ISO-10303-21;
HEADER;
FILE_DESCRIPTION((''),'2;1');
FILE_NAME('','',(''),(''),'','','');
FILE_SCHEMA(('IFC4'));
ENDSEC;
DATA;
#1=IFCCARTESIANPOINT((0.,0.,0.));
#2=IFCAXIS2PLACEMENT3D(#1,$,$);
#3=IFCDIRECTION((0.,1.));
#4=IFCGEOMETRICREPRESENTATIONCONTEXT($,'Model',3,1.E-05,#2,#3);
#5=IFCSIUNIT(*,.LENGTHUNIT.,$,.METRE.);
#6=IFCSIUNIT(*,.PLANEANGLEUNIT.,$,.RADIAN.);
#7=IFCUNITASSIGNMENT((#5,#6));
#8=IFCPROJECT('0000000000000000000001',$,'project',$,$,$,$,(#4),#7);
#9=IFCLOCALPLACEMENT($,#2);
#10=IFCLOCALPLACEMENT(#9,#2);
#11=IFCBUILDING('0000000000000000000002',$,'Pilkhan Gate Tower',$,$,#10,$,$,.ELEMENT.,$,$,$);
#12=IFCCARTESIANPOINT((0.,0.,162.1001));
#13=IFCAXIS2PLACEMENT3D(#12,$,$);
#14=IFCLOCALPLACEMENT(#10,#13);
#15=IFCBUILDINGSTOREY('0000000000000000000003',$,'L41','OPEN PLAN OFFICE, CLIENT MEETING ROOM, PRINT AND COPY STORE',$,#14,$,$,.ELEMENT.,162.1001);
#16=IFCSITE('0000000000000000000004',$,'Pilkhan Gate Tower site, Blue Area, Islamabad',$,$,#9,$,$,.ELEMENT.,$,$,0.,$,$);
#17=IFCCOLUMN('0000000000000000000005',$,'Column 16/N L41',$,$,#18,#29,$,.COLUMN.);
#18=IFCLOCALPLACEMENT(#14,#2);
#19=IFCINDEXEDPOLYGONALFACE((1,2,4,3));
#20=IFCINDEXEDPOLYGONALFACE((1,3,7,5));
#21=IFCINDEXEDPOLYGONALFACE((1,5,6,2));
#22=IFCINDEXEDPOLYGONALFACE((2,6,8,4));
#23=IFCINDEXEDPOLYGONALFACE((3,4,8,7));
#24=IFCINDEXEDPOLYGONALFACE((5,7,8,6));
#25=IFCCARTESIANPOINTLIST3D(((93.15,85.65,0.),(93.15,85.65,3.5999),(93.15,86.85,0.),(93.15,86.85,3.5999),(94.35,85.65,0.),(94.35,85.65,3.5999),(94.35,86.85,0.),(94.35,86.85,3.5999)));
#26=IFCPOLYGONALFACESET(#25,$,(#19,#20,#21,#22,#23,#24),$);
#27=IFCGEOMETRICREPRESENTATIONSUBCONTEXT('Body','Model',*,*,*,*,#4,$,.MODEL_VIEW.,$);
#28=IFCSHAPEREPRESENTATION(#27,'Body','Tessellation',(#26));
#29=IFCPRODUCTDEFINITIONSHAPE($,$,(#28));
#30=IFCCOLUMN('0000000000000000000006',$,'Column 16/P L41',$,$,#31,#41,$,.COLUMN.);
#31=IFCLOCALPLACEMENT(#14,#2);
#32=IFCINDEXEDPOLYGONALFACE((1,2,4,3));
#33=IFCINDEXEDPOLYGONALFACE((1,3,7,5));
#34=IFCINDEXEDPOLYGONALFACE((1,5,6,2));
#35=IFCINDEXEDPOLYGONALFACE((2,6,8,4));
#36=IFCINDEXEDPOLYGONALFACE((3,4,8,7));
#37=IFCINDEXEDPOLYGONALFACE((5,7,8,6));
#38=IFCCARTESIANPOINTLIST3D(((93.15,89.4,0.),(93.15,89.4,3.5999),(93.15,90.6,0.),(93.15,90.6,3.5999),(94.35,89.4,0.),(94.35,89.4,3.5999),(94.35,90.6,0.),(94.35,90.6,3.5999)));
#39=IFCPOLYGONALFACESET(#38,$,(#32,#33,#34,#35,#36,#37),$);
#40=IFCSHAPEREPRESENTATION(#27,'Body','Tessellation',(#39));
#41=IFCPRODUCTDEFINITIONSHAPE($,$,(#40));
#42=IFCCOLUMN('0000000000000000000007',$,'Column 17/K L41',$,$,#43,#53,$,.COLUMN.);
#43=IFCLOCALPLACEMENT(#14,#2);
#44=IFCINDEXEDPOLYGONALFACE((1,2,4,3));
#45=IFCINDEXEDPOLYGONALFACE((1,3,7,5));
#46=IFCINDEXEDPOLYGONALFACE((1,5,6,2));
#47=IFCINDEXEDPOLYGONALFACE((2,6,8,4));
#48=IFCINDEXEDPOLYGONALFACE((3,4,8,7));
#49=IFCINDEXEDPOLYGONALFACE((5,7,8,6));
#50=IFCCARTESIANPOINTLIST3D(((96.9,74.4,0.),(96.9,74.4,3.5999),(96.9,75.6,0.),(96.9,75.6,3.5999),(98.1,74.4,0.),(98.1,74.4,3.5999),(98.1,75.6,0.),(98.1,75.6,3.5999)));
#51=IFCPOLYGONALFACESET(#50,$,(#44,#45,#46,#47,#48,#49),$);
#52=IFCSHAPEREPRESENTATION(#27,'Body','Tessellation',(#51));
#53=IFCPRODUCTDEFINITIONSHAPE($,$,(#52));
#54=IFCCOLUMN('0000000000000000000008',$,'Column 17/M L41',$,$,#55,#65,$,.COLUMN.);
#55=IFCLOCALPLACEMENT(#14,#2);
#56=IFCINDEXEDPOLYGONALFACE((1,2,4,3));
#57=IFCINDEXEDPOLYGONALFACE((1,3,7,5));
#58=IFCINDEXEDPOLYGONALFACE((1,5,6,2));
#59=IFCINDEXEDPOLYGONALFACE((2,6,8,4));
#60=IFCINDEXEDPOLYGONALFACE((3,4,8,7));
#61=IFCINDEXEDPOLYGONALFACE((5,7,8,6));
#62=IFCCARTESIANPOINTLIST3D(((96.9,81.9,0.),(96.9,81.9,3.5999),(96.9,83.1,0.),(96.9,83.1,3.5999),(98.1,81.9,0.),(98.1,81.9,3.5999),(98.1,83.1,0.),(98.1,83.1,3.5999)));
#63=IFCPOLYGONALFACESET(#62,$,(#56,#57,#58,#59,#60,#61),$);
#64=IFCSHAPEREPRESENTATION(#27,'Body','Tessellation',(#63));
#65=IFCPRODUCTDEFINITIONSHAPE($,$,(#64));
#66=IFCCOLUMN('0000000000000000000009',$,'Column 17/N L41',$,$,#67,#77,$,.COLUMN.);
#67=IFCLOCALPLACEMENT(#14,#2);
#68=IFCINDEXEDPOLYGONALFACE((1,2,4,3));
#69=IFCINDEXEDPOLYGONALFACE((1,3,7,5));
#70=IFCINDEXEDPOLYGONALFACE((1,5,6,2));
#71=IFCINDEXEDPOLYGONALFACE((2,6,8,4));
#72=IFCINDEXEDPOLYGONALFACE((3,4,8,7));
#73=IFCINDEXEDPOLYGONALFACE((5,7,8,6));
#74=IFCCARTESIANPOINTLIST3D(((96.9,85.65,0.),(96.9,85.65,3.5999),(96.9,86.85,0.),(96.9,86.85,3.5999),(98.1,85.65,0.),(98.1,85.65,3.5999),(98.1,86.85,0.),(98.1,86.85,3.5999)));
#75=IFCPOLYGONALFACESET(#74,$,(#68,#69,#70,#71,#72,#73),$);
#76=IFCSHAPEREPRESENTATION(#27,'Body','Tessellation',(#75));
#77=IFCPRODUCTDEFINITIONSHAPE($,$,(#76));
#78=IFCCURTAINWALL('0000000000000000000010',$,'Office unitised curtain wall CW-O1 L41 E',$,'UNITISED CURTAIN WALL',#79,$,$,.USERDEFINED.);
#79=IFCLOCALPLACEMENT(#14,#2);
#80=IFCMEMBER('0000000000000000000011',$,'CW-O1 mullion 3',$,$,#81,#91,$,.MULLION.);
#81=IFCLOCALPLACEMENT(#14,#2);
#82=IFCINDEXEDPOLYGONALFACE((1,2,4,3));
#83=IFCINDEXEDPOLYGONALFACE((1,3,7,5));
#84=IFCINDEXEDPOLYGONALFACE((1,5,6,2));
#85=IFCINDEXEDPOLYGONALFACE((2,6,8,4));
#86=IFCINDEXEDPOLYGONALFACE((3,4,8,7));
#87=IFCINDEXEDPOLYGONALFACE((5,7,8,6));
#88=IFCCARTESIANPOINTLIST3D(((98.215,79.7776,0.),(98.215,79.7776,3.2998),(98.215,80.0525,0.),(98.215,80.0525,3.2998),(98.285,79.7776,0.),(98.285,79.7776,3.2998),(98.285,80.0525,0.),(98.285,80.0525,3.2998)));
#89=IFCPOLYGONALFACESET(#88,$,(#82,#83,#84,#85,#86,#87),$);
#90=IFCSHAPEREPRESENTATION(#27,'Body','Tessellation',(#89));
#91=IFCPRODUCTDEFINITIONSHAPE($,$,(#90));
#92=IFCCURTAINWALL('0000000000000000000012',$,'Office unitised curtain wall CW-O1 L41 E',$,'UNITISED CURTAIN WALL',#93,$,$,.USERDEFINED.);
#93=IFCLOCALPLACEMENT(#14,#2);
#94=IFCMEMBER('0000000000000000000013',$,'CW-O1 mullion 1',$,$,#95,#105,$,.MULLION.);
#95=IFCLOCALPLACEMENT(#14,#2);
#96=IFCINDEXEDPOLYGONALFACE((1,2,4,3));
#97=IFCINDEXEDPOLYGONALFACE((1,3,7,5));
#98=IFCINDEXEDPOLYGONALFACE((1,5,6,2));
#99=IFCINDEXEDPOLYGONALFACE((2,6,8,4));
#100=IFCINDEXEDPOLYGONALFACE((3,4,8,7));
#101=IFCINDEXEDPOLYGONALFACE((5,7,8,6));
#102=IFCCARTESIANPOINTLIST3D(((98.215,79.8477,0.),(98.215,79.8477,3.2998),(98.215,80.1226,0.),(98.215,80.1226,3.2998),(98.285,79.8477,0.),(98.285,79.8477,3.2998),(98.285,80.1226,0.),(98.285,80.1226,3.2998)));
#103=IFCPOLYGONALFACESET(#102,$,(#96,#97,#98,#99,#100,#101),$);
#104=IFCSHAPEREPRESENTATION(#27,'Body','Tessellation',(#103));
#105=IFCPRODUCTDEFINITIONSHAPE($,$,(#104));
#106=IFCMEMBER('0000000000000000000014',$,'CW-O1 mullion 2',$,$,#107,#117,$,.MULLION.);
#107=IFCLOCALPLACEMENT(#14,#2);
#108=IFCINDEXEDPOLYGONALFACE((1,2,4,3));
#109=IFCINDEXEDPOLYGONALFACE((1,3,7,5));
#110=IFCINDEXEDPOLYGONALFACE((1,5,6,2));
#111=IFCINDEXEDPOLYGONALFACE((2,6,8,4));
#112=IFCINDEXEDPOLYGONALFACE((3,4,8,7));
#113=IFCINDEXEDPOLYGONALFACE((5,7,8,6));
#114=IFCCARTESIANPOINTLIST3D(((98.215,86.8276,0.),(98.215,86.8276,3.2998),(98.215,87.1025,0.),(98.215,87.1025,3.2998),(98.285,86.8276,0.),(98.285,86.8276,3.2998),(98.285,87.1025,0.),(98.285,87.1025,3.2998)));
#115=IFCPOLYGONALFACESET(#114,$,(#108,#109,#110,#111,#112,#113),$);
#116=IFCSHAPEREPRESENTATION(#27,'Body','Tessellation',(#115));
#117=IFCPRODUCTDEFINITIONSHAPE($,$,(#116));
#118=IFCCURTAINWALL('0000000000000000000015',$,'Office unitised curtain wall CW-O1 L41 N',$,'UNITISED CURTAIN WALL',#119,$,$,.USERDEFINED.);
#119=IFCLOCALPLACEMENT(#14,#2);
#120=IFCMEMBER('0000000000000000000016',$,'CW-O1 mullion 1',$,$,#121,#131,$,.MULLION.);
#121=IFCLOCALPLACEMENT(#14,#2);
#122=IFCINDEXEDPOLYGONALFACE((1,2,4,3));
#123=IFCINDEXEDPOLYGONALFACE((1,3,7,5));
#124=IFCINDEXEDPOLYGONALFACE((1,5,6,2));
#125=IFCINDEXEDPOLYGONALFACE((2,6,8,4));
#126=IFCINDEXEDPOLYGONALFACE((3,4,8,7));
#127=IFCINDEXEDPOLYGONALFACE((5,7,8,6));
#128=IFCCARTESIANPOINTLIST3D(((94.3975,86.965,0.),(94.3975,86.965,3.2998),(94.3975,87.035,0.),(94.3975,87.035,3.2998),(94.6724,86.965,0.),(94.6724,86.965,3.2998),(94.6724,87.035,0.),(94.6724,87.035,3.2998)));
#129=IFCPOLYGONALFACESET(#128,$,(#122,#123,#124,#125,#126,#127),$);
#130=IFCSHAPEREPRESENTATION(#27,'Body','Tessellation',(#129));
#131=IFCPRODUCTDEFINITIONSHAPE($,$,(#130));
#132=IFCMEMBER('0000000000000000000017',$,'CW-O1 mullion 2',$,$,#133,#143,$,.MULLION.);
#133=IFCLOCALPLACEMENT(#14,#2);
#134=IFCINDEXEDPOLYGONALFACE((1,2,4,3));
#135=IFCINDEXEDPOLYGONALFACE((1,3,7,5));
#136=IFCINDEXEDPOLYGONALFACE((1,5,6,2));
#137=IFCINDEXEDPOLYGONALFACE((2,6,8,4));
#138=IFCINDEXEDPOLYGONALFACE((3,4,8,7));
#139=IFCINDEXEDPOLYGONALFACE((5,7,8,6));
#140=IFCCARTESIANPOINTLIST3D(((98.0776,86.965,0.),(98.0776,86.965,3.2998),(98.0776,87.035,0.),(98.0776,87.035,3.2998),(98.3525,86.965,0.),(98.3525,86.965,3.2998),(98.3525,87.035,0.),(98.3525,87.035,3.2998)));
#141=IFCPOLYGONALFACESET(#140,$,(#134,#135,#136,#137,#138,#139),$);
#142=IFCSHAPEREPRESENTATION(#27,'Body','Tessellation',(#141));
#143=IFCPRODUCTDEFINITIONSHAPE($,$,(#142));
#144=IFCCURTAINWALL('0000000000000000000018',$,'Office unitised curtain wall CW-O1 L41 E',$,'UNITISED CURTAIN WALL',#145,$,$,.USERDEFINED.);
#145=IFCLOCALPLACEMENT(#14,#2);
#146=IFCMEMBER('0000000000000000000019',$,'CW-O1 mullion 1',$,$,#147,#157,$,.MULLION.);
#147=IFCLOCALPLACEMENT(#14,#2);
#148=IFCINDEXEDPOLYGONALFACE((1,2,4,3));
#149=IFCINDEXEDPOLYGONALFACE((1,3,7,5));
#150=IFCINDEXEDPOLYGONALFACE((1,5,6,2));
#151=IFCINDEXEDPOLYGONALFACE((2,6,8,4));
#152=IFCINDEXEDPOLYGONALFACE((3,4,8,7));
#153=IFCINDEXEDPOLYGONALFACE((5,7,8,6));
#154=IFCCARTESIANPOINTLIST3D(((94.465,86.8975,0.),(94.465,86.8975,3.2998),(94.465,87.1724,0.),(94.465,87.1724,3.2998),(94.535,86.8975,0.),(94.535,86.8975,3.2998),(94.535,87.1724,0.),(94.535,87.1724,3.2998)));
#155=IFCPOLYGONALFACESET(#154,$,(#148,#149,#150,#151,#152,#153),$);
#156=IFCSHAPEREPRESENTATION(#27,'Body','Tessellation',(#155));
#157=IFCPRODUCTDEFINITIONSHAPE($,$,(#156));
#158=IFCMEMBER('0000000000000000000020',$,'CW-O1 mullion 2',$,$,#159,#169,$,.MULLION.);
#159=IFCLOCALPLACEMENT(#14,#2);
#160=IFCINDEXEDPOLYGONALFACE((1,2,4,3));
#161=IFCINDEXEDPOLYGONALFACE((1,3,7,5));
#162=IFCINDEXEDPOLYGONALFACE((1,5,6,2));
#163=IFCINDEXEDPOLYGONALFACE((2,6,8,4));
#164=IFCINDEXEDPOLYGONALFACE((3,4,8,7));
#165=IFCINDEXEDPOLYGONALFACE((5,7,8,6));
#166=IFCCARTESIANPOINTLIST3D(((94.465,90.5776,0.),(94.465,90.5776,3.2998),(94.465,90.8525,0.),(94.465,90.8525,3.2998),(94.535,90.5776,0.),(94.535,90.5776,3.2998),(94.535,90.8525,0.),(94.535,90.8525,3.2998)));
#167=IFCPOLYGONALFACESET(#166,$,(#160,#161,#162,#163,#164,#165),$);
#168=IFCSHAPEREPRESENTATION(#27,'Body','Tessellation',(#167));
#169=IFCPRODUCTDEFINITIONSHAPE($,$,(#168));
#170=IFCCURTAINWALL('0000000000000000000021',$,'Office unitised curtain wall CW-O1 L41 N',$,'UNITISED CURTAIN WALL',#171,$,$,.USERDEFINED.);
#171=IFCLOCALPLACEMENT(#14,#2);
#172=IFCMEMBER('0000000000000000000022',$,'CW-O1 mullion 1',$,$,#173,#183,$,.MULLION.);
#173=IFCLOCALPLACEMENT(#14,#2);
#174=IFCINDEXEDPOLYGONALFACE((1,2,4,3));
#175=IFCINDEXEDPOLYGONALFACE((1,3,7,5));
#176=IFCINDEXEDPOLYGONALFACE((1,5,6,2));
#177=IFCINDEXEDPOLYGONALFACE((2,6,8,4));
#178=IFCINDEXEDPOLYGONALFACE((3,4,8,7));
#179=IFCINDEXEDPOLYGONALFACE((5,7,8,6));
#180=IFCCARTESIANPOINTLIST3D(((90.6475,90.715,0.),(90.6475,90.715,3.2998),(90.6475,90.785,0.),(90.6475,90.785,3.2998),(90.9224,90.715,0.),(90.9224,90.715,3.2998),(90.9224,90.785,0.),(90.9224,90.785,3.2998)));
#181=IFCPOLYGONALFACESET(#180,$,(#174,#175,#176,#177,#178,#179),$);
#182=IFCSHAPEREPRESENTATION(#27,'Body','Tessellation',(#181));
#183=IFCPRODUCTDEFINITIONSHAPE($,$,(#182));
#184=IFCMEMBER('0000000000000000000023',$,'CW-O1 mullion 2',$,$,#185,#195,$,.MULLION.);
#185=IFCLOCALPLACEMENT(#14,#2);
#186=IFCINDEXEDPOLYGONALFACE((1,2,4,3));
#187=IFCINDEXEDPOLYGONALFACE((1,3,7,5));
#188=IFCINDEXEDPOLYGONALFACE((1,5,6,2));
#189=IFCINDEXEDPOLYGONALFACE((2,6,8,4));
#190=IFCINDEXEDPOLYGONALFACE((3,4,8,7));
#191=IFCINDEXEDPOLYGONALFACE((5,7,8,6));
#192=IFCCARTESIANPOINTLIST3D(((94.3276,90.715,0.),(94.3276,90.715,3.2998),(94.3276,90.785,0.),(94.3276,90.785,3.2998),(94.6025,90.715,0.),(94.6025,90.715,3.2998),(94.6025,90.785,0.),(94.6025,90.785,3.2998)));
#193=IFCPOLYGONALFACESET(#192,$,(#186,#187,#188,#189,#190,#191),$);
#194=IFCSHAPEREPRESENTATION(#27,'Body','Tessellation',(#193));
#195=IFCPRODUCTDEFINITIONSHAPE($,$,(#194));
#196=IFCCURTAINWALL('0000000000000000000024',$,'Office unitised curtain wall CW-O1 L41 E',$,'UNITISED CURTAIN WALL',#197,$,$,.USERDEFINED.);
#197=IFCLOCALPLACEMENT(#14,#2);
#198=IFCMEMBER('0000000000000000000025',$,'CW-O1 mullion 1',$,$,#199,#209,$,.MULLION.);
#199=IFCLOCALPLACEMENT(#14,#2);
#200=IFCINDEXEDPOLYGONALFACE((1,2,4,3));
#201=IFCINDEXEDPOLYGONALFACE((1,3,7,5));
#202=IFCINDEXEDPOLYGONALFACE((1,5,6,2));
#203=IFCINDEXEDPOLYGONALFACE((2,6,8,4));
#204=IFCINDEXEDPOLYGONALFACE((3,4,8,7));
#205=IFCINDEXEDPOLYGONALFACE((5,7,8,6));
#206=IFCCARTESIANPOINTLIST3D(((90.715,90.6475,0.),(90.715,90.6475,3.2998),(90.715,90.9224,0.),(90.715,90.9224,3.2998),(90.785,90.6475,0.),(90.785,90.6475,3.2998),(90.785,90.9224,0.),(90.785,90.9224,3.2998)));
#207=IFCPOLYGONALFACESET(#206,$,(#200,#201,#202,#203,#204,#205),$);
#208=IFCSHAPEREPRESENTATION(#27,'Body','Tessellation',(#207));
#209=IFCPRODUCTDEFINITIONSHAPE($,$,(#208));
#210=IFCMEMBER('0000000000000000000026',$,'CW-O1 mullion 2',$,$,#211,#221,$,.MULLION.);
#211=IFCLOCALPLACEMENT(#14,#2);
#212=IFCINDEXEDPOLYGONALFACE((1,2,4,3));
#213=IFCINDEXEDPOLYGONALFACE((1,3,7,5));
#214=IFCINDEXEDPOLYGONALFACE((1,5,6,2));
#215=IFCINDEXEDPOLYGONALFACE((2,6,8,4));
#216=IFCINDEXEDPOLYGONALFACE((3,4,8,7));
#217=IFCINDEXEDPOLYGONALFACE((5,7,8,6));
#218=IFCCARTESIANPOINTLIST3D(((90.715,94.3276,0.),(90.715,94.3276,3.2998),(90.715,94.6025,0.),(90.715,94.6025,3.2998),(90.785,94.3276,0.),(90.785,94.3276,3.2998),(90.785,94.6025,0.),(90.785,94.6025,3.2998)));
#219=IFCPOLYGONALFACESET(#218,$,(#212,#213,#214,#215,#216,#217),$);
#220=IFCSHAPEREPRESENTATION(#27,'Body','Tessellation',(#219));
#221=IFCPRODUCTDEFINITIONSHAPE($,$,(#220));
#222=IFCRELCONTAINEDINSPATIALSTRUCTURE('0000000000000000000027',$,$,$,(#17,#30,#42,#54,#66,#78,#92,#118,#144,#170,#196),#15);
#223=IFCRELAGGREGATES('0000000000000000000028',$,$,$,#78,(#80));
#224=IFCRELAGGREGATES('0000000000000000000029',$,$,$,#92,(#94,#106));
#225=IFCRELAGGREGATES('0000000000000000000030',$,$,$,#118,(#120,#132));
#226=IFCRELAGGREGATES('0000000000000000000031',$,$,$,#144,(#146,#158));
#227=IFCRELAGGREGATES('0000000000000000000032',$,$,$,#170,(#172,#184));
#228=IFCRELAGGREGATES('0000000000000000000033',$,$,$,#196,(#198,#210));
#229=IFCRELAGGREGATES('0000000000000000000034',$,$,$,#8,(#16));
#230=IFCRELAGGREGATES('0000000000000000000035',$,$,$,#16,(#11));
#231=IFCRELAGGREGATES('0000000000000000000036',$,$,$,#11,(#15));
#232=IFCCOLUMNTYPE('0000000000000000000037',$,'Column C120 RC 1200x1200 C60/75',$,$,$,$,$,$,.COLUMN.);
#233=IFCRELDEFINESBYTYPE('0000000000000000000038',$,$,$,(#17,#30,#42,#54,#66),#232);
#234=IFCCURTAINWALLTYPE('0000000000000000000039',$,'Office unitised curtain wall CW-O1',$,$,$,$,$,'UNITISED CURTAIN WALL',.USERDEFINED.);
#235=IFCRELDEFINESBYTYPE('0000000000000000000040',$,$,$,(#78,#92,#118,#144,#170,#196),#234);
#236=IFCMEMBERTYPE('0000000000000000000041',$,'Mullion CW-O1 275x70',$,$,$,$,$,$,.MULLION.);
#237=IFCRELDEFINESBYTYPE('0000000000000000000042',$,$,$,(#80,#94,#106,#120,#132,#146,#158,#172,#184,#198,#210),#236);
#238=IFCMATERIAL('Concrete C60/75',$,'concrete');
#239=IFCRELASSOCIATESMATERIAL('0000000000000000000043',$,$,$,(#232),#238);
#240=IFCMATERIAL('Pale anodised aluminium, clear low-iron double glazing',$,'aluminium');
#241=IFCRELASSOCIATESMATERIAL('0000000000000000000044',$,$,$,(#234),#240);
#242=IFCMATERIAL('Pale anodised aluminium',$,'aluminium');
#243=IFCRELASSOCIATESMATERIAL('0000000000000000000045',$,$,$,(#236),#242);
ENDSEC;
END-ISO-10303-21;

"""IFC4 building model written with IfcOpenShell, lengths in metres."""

from ifc_helpers import new_model, si_unit, direction, frame, origin, origin_2d, place, context, subcontext, project, spatial, rectangle, extrude, material, material_profile, profile_set, type_object, element, aggregate, save


model = new_model("IFC4")

# Units and contexts
model_context = context("Model", 3, precision=1e-05, world=origin(), true_north=direction((0.0, 1.0)))
body_context = subcontext(model_context, "Body", "Model", "MODEL_VIEW")
ifc_project = project(units=[si_unit("LENGTHUNIT", "METRE"), si_unit("PLANEANGLEUNIT", "RADIAN")], contexts=[model_context])

# Site, building, storey
site_placement = place(None, origin())
site = spatial("IfcSite", under=ifc_project, at=site_placement, Name="Pilkhan Gate Tower site, Blue Area, Islamabad", CompositionType="ELEMENT", RefElevation=0.0)
building_placement = place(site_placement, origin())
building = spatial("IfcBuilding", under=site, at=building_placement, Name="Pilkhan Gate Tower", CompositionType="ELEMENT")
storey_placement = place(building_placement, frame((0.0, 0.0, 162.1001)))
storey = spatial("IfcBuildingStorey", under=building, at=storey_placement, Name="L41", Description="OPEN PLAN OFFICE, CLIENT MEETING ROOM, PRINT AND COPY STORE", CompositionType="ELEMENT", Elevation=162.1001)

# Columns
ifc_material_1 = material(Name="Concrete C60/75", Category="concrete")
ifc_material_profile_1 = material_profile(ifc_material_1, rectangle(XDim=1.2, YDim=1.2, at=origin_2d()), Name="RC 1200x1200")
ifc_profile_set_1 = profile_set([ifc_material_profile_1], Name="Concrete C60/75")
column_type = type_object("IfcColumnType", Name="Column C120 RC 1200x1200 C60/75", PredefinedType="COLUMN", material=ifc_profile_set_1)
for number, where, z_axis, x_axis, name in (
    (1, (93.75, 86.25, 0.0), (0.0, 0.0, 1.0), (1.0, 0.0, 0.0), "Column 16/N L41"),
    (2, (93.75, 90.0, 0.0), (0.0, 0.0, 1.0), (1.0, 0.0, 0.0), "Column 16/P L41"),
    (3, (97.5, 75.0, 0.0), (0.0, 0.0, 1.0), (1.0, 0.0, 0.0), "Column 17/K L41"),
    (4, (97.5, 82.5, 0.0), (0.0, 0.0, 1.0), (1.0, 0.0, 0.0), "Column 17/M L41"),
    (5, (97.5, 86.25, 0.0), (0.0, 0.0, 1.0), (1.0, 0.0, 0.0), "Column 17/N L41"),
):
    element("IfcColumn", number, at=place(storey_placement, frame(where, z_axis=z_axis, x_axis=x_axis)), inside=storey, type_object=column_type, Name=name, PredefinedType="COLUMN", context=body_context, shape_type="SweptSolid", body=[
        extrude(rectangle(XDim=1.2, YDim=1.2, at=origin_2d()), origin(), (0.0, 0.0, 1.0), 3.5999),
    ])

# Curtain wall, member
ifc_material_2 = material(Name="Pale anodised aluminium, clear low-iron double glazing", Category="aluminium")
curtain_wall_type = type_object("IfcCurtainWallType", Name="Office unitised curtain wall CW-O1", ElementType="UNITISED CURTAIN WALL", PredefinedType="USERDEFINED", material=ifc_material_2)
curtain_wall_1_placement = place(storey_placement, origin())
curtain_wall_1 = element("IfcCurtainWall", 6, at=curtain_wall_1_placement, inside=storey, type_object=curtain_wall_type, Name="Office unitised curtain wall CW-O1 L41 E", ObjectType="UNITISED CURTAIN WALL", PredefinedType="USERDEFINED")
ifc_material_3 = material(Name="Pale anodised aluminium", Category="aluminium")
ifc_material_profile_2 = material_profile(ifc_material_3, rectangle(XDim=0.0701, YDim=0.2749, at=origin_2d()), Name="Mullion 275x70")
ifc_profile_set_2 = profile_set([ifc_material_profile_2], Name="Pale anodised aluminium")
member_type_1 = type_object("IfcMemberType", Name="Mullion CW-O1 275x70", PredefinedType="MULLION", material=ifc_profile_set_2)
member_1_placement = place(storey_placement, frame((98.25, 79.915, 0.0), z_axis=(0.0, 0.0, 1.0), x_axis=(-1.0, 0.0, 0.0)))
member_1 = element("IfcMember", 7, at=member_1_placement, type_object=member_type_1, Name="CW-O1 mullion 3", PredefinedType="MULLION", context=body_context, shape_type="SweptSolid", body=[
    extrude(rectangle(XDim=0.0701, YDim=0.2749, at=origin_2d()), origin(), (0.0, 0.0, 1.0), 3.2998),
])

# Curtain walls, members
curtain_wall_2_placement = place(storey_placement, origin())
curtain_wall_2 = element("IfcCurtainWall", 8, at=curtain_wall_2_placement, inside=storey, type_object=curtain_wall_type, Name="Office unitised curtain wall CW-O1 L41 E", ObjectType="UNITISED CURTAIN WALL", PredefinedType="USERDEFINED")
member_2_placement = place(storey_placement, frame((98.25, 79.9851, 0.0), z_axis=(0.0, 0.0, 1.0), x_axis=(-1.0, 0.0, 0.0)))
member_2 = element("IfcMember", 9, at=member_2_placement, type_object=member_type_1, Name="CW-O1 mullion 1", PredefinedType="MULLION", context=body_context, shape_type="SweptSolid", body=[
    extrude(rectangle(XDim=0.0701, YDim=0.2749, at=origin_2d()), origin(), (0.0, 0.0, 1.0), 3.2998),
])
member_3_placement = place(storey_placement, frame((98.25, 86.9651, 0.0), z_axis=(0.0, 0.0, 1.0), x_axis=(-1.0, 0.0, 0.0)))
member_3 = element("IfcMember", 10, at=member_3_placement, type_object=member_type_1, Name="CW-O1 mullion 2", PredefinedType="MULLION", context=body_context, shape_type="SweptSolid", body=[
    extrude(rectangle(XDim=0.0701, YDim=0.2749, at=origin_2d()), origin(), (0.0, 0.0, 1.0), 3.2998),
])
curtain_wall_3_placement = place(storey_placement, origin())
curtain_wall_3 = element("IfcCurtainWall", 11, at=curtain_wall_3_placement, inside=storey, type_object=curtain_wall_type, Name="Office unitised curtain wall CW-O1 L41 N", ObjectType="UNITISED CURTAIN WALL", PredefinedType="USERDEFINED")
member_4_placement = place(storey_placement, frame((94.5349, 87.0, 0.0), z_axis=(0.0, 0.0, 1.0), x_axis=(0.0, 1.0, 0.0)))
member_4 = element("IfcMember", 12, at=member_4_placement, type_object=member_type_1, Name="CW-O1 mullion 1", PredefinedType="MULLION", context=body_context, shape_type="SweptSolid", body=[
    extrude(rectangle(XDim=0.0701, YDim=0.2749, at=origin_2d()), origin(), (0.0, 0.0, 1.0), 3.2998),
])
member_5_placement = place(storey_placement, frame((98.2151, 87.0, 0.0), z_axis=(0.0, 0.0, 1.0), x_axis=(0.0, 1.0, 0.0)))
member_5 = element("IfcMember", 13, at=member_5_placement, type_object=member_type_1, Name="CW-O1 mullion 2", PredefinedType="MULLION", context=body_context, shape_type="SweptSolid", body=[
    extrude(rectangle(XDim=0.0701, YDim=0.2749, at=origin_2d()), origin(), (0.0, 0.0, 1.0), 3.2998),
])
curtain_wall_4_placement = place(storey_placement, origin())
curtain_wall_4 = element("IfcCurtainWall", 14, at=curtain_wall_4_placement, inside=storey, type_object=curtain_wall_type, Name="Office unitised curtain wall CW-O1 L41 E", ObjectType="UNITISED CURTAIN WALL", PredefinedType="USERDEFINED")
member_6_placement = place(storey_placement, frame((94.5, 87.0349, 0.0), z_axis=(0.0, 0.0, 1.0), x_axis=(-1.0, 0.0, 0.0)))
member_6 = element("IfcMember", 15, at=member_6_placement, type_object=member_type_1, Name="CW-O1 mullion 1", PredefinedType="MULLION", context=body_context, shape_type="SweptSolid", body=[
    extrude(rectangle(XDim=0.0701, YDim=0.2749, at=origin_2d()), origin(), (0.0, 0.0, 1.0), 3.2998),
])
member_7_placement = place(storey_placement, frame((94.5, 90.7151, 0.0), z_axis=(0.0, 0.0, 1.0), x_axis=(-1.0, 0.0, 0.0)))
member_7 = element("IfcMember", 16, at=member_7_placement, type_object=member_type_1, Name="CW-O1 mullion 2", PredefinedType="MULLION", context=body_context, shape_type="SweptSolid", body=[
    extrude(rectangle(XDim=0.0701, YDim=0.2749, at=origin_2d()), origin(), (0.0, 0.0, 1.0), 3.2998),
])
curtain_wall_5_placement = place(storey_placement, origin())
curtain_wall_5 = element("IfcCurtainWall", 17, at=curtain_wall_5_placement, inside=storey, type_object=curtain_wall_type, Name="Office unitised curtain wall CW-O1 L41 N", ObjectType="UNITISED CURTAIN WALL", PredefinedType="USERDEFINED")
member_8_placement = place(storey_placement, frame((90.7849, 90.75, 0.0), z_axis=(0.0, 0.0, 1.0), x_axis=(0.0, 1.0, 0.0)))
member_8 = element("IfcMember", 18, at=member_8_placement, type_object=member_type_1, Name="CW-O1 mullion 1", PredefinedType="MULLION", context=body_context, shape_type="SweptSolid", body=[
    extrude(rectangle(XDim=0.0701, YDim=0.2749, at=origin_2d()), origin(), (0.0, 0.0, 1.0), 3.2998),
])
member_9_placement = place(storey_placement, frame((94.4651, 90.75, 0.0), z_axis=(0.0, 0.0, 1.0), x_axis=(0.0, 1.0, 0.0)))
member_9 = element("IfcMember", 19, at=member_9_placement, type_object=member_type_1, Name="CW-O1 mullion 2", PredefinedType="MULLION", context=body_context, shape_type="SweptSolid", body=[
    extrude(rectangle(XDim=0.0701, YDim=0.2749, at=origin_2d()), origin(), (0.0, 0.0, 1.0), 3.2998),
])
curtain_wall_6_placement = place(storey_placement, origin())
curtain_wall_6 = element("IfcCurtainWall", 20, at=curtain_wall_6_placement, inside=storey, type_object=curtain_wall_type, Name="Office unitised curtain wall CW-O1 L41 E", ObjectType="UNITISED CURTAIN WALL", PredefinedType="USERDEFINED")
member_10_placement = place(storey_placement, frame((90.75, 90.7849, 0.0), z_axis=(0.0, 0.0, 1.0), x_axis=(-1.0, 0.0, 0.0)))
member_10 = element("IfcMember", 21, at=member_10_placement, type_object=member_type_1, Name="CW-O1 mullion 1", PredefinedType="MULLION", context=body_context, shape_type="SweptSolid", body=[
    extrude(rectangle(XDim=0.0701, YDim=0.2749, at=origin_2d()), origin(), (0.0, 0.0, 1.0), 3.2998),
])
member_11_placement = place(storey_placement, frame((90.75, 94.4651, 0.0), z_axis=(0.0, 0.0, 1.0), x_axis=(-1.0, 0.0, 0.0)))
member_11 = element("IfcMember", 22, at=member_11_placement, type_object=member_type_1, Name="CW-O1 mullion 2", PredefinedType="MULLION", context=body_context, shape_type="SweptSolid", body=[
    extrude(rectangle(XDim=0.0701, YDim=0.2749, at=origin_2d()), origin(), (0.0, 0.0, 1.0), 3.2998),
])

aggregate(curtain_wall_1, [member_1])
aggregate(curtain_wall_2, [member_2, member_3])
aggregate(curtain_wall_3, [member_4, member_5])
aggregate(curtain_wall_4, [member_6, member_7])
aggregate(curtain_wall_5, [member_8, member_9])
aggregate(curtain_wall_6, [member_10, member_11])

save(model, "model.ifc")
